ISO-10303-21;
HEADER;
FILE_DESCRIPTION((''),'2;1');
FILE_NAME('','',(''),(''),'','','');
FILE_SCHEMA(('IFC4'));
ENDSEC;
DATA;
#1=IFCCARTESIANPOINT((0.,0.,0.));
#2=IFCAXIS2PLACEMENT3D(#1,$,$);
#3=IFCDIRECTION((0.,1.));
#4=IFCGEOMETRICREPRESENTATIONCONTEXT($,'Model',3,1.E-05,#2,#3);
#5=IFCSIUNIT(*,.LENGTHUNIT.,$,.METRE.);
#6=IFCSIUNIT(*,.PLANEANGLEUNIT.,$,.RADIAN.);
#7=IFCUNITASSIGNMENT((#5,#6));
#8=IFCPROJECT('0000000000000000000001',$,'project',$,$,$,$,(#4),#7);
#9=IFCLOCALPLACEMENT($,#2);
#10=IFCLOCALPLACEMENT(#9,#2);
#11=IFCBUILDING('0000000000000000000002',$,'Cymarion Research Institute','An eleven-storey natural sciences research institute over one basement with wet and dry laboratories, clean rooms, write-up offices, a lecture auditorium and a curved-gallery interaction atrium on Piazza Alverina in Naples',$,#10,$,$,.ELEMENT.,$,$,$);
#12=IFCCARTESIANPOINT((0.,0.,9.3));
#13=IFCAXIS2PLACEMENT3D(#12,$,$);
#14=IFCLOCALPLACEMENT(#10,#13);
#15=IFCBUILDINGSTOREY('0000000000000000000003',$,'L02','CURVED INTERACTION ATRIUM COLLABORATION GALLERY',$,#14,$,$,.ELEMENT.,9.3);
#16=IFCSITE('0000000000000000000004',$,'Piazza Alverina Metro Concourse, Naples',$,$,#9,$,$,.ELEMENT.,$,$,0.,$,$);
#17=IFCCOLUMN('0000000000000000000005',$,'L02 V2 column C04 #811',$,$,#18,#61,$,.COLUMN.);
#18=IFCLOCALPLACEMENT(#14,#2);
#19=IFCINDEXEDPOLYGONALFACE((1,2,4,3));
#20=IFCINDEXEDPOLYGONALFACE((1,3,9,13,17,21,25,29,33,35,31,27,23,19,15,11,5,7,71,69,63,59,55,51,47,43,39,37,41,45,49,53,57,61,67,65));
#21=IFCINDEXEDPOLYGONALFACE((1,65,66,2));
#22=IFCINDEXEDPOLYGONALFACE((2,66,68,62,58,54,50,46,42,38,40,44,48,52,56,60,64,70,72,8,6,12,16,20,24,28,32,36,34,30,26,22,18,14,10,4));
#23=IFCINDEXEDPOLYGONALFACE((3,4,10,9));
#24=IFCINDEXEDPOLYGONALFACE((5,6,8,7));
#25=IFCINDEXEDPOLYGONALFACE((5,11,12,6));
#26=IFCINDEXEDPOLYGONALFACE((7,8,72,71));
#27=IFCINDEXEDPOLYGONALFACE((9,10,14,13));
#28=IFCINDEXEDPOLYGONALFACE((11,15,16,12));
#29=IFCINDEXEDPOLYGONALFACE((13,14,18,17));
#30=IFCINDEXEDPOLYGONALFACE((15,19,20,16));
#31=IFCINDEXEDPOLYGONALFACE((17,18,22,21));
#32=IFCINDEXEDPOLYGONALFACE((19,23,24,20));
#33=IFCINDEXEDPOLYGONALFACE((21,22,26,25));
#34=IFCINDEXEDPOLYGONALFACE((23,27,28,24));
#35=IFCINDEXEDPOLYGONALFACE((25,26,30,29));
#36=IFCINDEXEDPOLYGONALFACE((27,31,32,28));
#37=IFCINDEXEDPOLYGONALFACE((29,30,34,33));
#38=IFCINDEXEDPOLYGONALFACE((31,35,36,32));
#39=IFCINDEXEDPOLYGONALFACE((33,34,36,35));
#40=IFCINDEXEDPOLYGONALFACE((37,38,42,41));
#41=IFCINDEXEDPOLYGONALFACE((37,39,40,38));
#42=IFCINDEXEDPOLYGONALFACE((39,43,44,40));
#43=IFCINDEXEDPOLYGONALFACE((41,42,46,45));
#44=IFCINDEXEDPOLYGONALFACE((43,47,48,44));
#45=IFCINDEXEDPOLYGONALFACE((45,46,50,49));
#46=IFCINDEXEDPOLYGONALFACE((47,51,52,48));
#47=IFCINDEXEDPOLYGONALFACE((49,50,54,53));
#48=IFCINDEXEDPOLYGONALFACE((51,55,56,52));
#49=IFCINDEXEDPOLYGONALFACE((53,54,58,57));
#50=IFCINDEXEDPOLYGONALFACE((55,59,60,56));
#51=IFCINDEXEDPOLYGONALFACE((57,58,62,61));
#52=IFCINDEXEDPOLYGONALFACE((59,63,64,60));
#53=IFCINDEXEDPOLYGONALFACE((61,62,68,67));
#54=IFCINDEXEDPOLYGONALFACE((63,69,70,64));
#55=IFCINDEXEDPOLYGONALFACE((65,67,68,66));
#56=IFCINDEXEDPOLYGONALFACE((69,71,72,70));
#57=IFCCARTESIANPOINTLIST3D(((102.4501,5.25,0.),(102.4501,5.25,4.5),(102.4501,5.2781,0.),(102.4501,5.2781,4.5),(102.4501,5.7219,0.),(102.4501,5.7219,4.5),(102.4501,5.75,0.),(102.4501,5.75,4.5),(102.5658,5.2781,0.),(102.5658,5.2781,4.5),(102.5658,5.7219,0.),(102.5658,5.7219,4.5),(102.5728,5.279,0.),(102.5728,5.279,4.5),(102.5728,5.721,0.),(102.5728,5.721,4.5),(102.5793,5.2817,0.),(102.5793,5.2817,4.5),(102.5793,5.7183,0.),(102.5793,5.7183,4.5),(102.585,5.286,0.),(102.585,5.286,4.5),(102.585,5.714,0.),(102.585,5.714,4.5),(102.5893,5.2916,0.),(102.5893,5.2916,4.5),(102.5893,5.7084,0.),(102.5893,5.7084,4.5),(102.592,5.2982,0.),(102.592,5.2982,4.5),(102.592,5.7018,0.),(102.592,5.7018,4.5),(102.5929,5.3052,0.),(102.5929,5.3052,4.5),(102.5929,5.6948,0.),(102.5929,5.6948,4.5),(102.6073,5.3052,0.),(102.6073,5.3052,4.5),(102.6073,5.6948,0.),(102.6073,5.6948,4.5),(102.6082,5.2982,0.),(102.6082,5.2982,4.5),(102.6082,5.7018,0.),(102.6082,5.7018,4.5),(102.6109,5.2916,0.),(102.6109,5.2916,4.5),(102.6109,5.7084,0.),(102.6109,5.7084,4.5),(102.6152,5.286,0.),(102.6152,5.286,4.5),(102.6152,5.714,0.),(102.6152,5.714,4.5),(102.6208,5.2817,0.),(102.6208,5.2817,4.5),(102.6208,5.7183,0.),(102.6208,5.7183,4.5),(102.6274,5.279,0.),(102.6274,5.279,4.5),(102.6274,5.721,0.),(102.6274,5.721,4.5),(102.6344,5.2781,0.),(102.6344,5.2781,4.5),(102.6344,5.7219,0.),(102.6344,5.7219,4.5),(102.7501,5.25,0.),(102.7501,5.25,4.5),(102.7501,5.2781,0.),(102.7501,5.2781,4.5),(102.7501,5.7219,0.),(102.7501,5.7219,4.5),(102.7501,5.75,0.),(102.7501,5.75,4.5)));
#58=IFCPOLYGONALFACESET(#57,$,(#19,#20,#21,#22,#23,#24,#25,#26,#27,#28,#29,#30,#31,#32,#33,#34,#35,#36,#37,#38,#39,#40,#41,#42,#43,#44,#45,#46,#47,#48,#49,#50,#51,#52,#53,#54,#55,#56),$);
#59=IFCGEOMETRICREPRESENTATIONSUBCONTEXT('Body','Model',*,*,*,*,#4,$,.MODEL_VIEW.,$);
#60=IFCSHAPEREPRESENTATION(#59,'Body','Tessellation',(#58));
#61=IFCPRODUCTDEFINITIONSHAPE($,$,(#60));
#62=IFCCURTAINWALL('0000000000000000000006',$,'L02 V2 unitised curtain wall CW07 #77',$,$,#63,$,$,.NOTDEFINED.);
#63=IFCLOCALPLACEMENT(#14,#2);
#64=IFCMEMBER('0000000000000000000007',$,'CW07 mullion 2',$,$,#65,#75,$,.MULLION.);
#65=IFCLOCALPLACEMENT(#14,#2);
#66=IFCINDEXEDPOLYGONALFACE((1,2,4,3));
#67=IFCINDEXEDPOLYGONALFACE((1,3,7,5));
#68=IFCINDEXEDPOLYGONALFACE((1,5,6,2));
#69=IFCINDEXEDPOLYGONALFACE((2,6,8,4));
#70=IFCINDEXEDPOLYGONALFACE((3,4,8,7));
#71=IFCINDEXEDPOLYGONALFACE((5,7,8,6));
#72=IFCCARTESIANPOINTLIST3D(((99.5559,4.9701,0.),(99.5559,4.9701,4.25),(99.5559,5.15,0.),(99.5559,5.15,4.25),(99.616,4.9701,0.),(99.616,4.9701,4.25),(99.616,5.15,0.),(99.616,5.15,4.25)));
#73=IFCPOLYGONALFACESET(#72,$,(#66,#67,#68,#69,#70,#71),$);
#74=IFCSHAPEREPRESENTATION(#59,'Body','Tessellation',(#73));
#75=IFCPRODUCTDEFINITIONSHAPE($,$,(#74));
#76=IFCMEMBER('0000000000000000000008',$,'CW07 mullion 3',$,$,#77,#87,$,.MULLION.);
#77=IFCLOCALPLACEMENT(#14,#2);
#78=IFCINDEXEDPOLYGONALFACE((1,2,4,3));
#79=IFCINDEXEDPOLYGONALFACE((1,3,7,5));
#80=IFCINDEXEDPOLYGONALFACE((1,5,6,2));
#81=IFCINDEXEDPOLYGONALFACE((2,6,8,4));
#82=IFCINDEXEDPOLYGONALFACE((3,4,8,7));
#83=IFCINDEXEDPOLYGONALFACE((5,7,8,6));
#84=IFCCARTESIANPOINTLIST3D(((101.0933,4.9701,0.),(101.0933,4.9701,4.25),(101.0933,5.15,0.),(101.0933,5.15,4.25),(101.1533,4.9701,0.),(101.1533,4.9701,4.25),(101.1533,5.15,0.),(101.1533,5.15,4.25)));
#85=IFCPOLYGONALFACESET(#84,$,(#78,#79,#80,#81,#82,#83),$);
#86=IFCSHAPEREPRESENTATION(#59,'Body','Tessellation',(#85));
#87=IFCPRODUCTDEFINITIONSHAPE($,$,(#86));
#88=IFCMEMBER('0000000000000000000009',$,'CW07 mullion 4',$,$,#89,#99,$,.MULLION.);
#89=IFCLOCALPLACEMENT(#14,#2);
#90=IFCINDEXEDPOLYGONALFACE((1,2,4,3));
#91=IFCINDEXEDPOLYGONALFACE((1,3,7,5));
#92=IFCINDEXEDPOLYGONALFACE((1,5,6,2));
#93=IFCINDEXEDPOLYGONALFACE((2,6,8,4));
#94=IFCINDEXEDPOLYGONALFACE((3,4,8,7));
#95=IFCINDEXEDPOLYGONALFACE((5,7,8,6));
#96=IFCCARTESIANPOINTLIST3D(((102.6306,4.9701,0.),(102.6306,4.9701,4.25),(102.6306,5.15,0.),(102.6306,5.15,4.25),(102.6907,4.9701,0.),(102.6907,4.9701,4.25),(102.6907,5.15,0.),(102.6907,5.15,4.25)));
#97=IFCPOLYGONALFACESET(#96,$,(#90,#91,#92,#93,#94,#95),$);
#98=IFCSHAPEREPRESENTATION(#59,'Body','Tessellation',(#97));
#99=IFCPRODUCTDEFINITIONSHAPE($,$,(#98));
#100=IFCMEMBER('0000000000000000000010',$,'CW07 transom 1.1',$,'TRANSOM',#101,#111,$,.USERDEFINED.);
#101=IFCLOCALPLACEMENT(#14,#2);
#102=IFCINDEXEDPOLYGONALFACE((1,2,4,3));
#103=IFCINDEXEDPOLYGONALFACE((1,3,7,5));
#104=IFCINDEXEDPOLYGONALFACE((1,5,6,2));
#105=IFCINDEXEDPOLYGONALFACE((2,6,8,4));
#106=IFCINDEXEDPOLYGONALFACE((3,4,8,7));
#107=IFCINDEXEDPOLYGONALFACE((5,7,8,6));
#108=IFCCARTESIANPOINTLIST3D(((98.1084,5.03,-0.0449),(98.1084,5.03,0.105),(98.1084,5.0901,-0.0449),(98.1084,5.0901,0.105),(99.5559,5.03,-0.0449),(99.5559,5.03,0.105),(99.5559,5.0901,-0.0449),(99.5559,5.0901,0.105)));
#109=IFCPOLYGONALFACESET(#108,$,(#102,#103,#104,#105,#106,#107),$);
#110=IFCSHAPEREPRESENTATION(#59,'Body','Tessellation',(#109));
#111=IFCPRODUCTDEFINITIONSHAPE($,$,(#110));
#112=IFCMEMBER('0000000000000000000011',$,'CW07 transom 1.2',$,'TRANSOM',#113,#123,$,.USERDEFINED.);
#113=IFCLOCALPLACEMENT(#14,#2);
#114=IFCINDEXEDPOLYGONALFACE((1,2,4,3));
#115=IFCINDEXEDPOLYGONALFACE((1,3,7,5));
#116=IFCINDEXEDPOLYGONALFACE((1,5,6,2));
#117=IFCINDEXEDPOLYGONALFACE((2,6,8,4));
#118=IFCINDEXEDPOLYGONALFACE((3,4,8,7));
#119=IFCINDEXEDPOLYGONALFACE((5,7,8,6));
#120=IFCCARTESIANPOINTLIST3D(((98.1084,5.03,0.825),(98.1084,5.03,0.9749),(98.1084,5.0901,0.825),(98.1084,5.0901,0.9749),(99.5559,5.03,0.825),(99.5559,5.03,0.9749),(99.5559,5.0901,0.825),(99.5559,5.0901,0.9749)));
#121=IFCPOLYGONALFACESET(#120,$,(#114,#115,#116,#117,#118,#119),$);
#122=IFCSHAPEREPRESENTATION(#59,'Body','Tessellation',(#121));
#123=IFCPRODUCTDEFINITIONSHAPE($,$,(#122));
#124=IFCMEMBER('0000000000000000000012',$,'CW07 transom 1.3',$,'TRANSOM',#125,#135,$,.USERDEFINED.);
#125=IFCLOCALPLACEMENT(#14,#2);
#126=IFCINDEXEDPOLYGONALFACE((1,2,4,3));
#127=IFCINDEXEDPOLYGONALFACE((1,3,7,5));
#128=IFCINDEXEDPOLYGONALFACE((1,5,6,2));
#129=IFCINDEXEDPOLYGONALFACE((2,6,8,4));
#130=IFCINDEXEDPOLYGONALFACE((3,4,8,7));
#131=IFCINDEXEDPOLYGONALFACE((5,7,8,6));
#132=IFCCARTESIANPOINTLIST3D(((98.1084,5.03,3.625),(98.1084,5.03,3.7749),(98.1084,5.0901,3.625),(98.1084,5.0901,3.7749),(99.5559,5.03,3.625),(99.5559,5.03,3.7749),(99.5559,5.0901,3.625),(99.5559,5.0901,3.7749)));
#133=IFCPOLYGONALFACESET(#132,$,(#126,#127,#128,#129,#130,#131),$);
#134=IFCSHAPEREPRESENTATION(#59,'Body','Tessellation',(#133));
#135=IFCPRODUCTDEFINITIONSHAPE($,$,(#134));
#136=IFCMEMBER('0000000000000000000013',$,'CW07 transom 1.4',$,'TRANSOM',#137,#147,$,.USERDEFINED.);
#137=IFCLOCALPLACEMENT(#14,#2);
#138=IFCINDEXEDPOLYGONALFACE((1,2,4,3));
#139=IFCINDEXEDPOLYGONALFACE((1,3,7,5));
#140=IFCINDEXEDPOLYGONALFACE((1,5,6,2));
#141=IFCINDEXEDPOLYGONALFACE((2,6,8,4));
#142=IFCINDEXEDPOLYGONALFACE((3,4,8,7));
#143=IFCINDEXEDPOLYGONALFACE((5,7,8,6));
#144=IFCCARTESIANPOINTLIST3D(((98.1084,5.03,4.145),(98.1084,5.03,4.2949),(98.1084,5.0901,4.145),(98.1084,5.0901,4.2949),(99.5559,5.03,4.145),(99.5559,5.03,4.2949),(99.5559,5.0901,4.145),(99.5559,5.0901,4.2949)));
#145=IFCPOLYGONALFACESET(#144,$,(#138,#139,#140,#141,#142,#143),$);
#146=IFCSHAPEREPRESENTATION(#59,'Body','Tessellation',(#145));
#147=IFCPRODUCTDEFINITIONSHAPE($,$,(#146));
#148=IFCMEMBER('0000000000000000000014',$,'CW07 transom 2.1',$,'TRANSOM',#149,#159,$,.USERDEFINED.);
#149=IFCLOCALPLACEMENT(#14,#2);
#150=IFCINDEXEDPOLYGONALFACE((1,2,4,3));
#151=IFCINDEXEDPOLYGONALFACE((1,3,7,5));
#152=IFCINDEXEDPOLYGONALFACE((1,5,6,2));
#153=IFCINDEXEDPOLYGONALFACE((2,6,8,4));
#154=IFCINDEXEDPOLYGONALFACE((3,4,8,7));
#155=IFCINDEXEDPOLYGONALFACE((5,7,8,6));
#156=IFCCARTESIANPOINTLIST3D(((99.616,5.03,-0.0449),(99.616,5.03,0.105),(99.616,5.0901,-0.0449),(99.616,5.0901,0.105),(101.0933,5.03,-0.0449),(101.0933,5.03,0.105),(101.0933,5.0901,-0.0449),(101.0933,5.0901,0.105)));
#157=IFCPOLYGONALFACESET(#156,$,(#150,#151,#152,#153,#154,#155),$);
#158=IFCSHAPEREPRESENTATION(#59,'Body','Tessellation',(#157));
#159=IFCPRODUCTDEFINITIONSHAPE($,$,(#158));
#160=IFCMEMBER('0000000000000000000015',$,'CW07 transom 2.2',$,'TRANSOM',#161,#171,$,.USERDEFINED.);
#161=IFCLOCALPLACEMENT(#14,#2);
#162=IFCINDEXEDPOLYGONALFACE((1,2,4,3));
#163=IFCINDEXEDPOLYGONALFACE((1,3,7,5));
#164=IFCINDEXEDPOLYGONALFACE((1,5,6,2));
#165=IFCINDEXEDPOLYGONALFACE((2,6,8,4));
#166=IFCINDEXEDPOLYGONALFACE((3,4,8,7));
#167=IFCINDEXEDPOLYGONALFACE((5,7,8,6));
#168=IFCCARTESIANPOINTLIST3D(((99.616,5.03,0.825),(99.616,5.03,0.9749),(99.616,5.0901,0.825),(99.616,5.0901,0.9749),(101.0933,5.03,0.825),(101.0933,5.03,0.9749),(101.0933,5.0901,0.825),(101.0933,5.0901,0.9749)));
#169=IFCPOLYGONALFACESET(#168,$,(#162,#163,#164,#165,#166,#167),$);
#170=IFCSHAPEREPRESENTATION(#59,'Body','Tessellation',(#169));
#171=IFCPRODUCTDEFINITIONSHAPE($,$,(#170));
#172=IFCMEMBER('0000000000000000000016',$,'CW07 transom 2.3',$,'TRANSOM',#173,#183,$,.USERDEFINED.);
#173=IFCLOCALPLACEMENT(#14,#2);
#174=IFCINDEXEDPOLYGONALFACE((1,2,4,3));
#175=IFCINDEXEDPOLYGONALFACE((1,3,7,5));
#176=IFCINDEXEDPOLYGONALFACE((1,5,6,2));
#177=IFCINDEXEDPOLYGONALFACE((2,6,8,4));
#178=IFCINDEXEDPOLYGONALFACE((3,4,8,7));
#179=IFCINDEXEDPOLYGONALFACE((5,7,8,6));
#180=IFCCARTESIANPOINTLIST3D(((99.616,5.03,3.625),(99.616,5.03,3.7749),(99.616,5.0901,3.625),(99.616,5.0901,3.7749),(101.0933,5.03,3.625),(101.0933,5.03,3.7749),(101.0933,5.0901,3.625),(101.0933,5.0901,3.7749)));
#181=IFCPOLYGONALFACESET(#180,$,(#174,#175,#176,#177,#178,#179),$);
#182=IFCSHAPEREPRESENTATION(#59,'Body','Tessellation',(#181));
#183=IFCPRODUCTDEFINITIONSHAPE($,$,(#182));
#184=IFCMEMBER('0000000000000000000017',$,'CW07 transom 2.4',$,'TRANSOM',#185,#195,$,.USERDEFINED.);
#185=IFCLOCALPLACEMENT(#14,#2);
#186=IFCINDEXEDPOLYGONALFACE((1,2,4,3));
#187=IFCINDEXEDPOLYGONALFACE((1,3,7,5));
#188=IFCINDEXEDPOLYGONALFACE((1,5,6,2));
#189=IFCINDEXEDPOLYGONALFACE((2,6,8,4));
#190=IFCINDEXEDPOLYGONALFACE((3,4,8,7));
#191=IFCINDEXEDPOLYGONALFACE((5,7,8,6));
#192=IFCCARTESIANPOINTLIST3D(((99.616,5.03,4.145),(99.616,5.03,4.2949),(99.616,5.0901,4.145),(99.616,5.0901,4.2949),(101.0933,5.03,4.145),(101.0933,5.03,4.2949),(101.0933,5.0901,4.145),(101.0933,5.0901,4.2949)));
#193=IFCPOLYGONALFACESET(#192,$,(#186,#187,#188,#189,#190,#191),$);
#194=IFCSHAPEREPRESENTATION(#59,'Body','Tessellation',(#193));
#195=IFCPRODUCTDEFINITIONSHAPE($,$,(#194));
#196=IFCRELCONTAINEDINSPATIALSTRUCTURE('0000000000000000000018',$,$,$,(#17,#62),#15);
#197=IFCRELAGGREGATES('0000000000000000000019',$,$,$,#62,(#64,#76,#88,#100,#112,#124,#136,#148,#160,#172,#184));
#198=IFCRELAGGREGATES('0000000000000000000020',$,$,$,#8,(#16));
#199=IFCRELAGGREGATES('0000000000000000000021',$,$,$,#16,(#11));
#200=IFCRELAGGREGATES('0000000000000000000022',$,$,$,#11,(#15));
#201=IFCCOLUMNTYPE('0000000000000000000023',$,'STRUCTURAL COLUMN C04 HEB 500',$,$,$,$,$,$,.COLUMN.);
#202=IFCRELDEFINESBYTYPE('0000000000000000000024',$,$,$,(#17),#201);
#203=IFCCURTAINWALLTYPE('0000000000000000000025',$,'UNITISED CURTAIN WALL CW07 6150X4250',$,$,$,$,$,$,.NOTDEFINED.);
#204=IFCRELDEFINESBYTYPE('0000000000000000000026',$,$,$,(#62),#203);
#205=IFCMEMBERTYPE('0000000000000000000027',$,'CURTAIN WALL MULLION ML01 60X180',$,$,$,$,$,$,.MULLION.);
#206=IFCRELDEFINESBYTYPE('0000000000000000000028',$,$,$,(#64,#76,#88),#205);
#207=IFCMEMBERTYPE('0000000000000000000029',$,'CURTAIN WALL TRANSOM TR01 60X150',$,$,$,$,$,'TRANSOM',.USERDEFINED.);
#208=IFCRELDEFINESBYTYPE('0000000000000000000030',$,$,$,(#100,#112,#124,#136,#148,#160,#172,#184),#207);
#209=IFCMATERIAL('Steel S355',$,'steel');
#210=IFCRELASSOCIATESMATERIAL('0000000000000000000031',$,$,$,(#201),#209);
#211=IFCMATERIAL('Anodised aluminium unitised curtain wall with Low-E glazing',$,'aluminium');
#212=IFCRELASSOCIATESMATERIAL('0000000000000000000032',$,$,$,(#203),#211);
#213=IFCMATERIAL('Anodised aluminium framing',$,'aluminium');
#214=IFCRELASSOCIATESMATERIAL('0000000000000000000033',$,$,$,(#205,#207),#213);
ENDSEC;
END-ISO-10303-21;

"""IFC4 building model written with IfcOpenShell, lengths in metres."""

from ifc_helpers import new_model, si_unit, direction, frame, origin, origin_2d, place, context, subcontext, project, spatial, rectangle, i_section, extrude, material, material_profile, profile_set, type_object, element, aggregate, save


model = new_model("IFC4")

# Units and contexts
model_context = context("Model", 3, precision=1e-05, world=origin(), true_north=direction((0.0, 1.0)))
body_context = subcontext(model_context, "Body", "Model", "MODEL_VIEW")
ifc_project = project(units=[si_unit("LENGTHUNIT", "METRE"), si_unit("PLANEANGLEUNIT", "RADIAN")], contexts=[model_context])

# Site, building, storey
site_placement = place(None, origin())
site = spatial("IfcSite", under=ifc_project, at=site_placement, Name="Piazza Alverina Metro Concourse, Naples", CompositionType="ELEMENT", RefElevation=0.0)
building_placement = place(site_placement, origin())
building = spatial("IfcBuilding", under=site, at=building_placement, Name="Cymarion Research Institute", Description="An eleven-storey natural sciences research institute over one basement with wet and dry laboratories, clean rooms, write-up offices, a lecture auditorium and a curved-gallery interaction atrium on Piazza Alverina in Naples", CompositionType="ELEMENT")
storey_placement = place(building_placement, frame((0.0, 0.0, 9.3)))
storey = spatial("IfcBuildingStorey", under=building, at=storey_placement, Name="L02", Description="CURVED INTERACTION ATRIUM COLLABORATION GALLERY", CompositionType="ELEMENT", Elevation=9.3)

# Column
ifc_material_1 = material(Name="Steel S355", Category="steel")
ifc_material_profile_1 = material_profile(ifc_material_1, i_section(OverallWidth=0.3, OverallDepth=0.5, WebThickness=0.0144, FlangeThickness=0.0281, FilletRadius=0.0271, at=origin_2d()), Name="HEB 500")
ifc_profile_set_1 = profile_set([ifc_material_profile_1], Name="Steel S355")
column_type = type_object("IfcColumnType", Name="STRUCTURAL COLUMN C04 HEB 500", PredefinedType="COLUMN", material=ifc_profile_set_1)
column_placement = place(storey_placement, frame((102.6001, 5.5, 0.0), z_axis=(0.0, 0.0, 1.0), x_axis=(1.0, 0.0, 0.0)))
element("IfcColumn", 1, at=column_placement, inside=storey, type_object=column_type, Name="L02 V2 column C04 #811", PredefinedType="COLUMN", context=body_context, shape_type="SweptSolid", body=[
    extrude(i_section(OverallWidth=0.3, OverallDepth=0.5, WebThickness=0.0144, FlangeThickness=0.0281, FilletRadius=0.0271, at=origin_2d()), origin(), (0.0, 0.0, 1.0), 4.5),
])

# Curtain wall, members
ifc_material_2 = material(Name="Anodised aluminium unitised curtain wall with Low-E glazing", Category="aluminium")
curtain_wall_type = type_object("IfcCurtainWallType", Name="UNITISED CURTAIN WALL CW07 6150X4250", PredefinedType="NOTDEFINED", material=ifc_material_2)
curtain_wall_placement = place(storey_placement, origin())
curtain_wall = element("IfcCurtainWall", 2, at=curtain_wall_placement, inside=storey, type_object=curtain_wall_type, Name="L02 V2 unitised curtain wall CW07 #77", PredefinedType="NOTDEFINED")
ifc_material_3 = material(Name="Anodised aluminium framing", Category="aluminium")
ifc_material_profile_2 = material_profile(ifc_material_3, rectangle(XDim=0.0601, YDim=0.1799, at=origin_2d()), Name="ALU MULLION 60x180")
ifc_profile_set_2 = profile_set([ifc_material_profile_2], Name="Anodised aluminium framing")
member_type_1 = type_object("IfcMemberType", Name="CURTAIN WALL MULLION ML01 60X180", PredefinedType="MULLION", material=ifc_profile_set_2)
member_1_placement = place(storey_placement, frame((99.5859, 5.0601, 0.0), z_axis=(0.0, 0.0, 1.0), x_axis=(1.0, 0.0, 0.0)))
member_1 = element("IfcMember", 3, at=member_1_placement, type_object=member_type_1, Name="CW07 mullion 2", PredefinedType="MULLION", context=body_context, shape_type="SweptSolid", body=[
    extrude(rectangle(XDim=0.0601, YDim=0.1799, at=origin_2d()), origin(), (0.0, 0.0, 1.0), 4.25),
])
member_2_placement = place(storey_placement, frame((101.1233, 5.0601, 0.0), z_axis=(0.0, 0.0, 1.0), x_axis=(1.0, 0.0, 0.0)))
member_2 = element("IfcMember", 4, at=member_2_placement, type_object=member_type_1, Name="CW07 mullion 3", PredefinedType="MULLION", context=body_context, shape_type="SweptSolid", body=[
    extrude(rectangle(XDim=0.0601, YDim=0.1799, at=origin_2d()), origin(), (0.0, 0.0, 1.0), 4.25),
])
member_3_placement = place(storey_placement, frame((102.6606, 5.0601, 0.0), z_axis=(0.0, 0.0, 1.0), x_axis=(1.0, 0.0, 0.0)))
member_3 = element("IfcMember", 5, at=member_3_placement, type_object=member_type_1, Name="CW07 mullion 4", PredefinedType="MULLION", context=body_context, shape_type="SweptSolid", body=[
    extrude(rectangle(XDim=0.0601, YDim=0.1799, at=origin_2d()), origin(), (0.0, 0.0, 1.0), 4.25),
])
ifc_material_profile_3 = material_profile(ifc_material_3, rectangle(XDim=0.0601, YDim=0.1499, at=origin_2d()), Name="ALU TRANSOM 60x150")
ifc_profile_set_3 = profile_set([ifc_material_profile_3], Name="Anodised aluminium framing")
member_type_2 = type_object("IfcMemberType", Name="CURTAIN WALL TRANSOM TR01 60X150", ElementType="TRANSOM", PredefinedType="USERDEFINED", material=ifc_profile_set_3)
member_4_placement = place(storey_placement, frame((98.1084, 5.0601, 0.03), z_axis=(1.0, 0.0, 0.0), x_axis=(0.0, 1.0, 0.0)))
member_4 = element("IfcMember", 6, at=member_4_placement, type_object=member_type_2, Name="CW07 transom 1.1", ObjectType="TRANSOM", PredefinedType="USERDEFINED", context=body_context, shape_type="SweptSolid", body=[
    extrude(rectangle(XDim=0.0601, YDim=0.1499, at=origin_2d()), origin(), (0.0, 0.0, 1.0), 1.4475),
])
member_5_placement = place(storey_placement, frame((98.1084, 5.0601, 0.8999), z_axis=(1.0, 0.0, 0.0), x_axis=(0.0, 1.0, 0.0)))
member_5 = element("IfcMember", 7, at=member_5_placement, type_object=member_type_2, Name="CW07 transom 1.2", ObjectType="TRANSOM", PredefinedType="USERDEFINED", context=body_context, shape_type="SweptSolid", body=[
    extrude(rectangle(XDim=0.0601, YDim=0.1499, at=origin_2d()), origin(), (0.0, 0.0, 1.0), 1.4475),
])
member_6_placement = place(storey_placement, frame((98.1084, 5.0601, 3.7), z_axis=(1.0, 0.0, 0.0), x_axis=(0.0, 1.0, 0.0)))
member_6 = element("IfcMember", 8, at=member_6_placement, type_object=member_type_2, Name="CW07 transom 1.3", ObjectType="TRANSOM", PredefinedType="USERDEFINED", context=body_context, shape_type="SweptSolid", body=[
    extrude(rectangle(XDim=0.0601, YDim=0.1499, at=origin_2d()), origin(), (0.0, 0.0, 1.0), 1.4475),
])
member_7_placement = place(storey_placement, frame((98.1084, 5.0601, 4.22), z_axis=(1.0, 0.0, 0.0), x_axis=(0.0, 1.0, 0.0)))
member_7 = element("IfcMember", 9, at=member_7_placement, type_object=member_type_2, Name="CW07 transom 1.4", ObjectType="TRANSOM", PredefinedType="USERDEFINED", context=body_context, shape_type="SweptSolid", body=[
    extrude(rectangle(XDim=0.0601, YDim=0.1499, at=origin_2d()), origin(), (0.0, 0.0, 1.0), 1.4475),
])
member_8_placement = place(storey_placement, frame((99.616, 5.0601, 0.03), z_axis=(1.0, 0.0, 0.0), x_axis=(0.0, 1.0, 0.0)))
member_8 = element("IfcMember", 10, at=member_8_placement, type_object=member_type_2, Name="CW07 transom 2.1", ObjectType="TRANSOM", PredefinedType="USERDEFINED", context=body_context, shape_type="SweptSolid", body=[
    extrude(rectangle(XDim=0.0601, YDim=0.1499, at=origin_2d()), origin(), (0.0, 0.0, 1.0), 1.4773),
])
member_9_placement = place(storey_placement, frame((99.616, 5.0601, 0.8999), z_axis=(1.0, 0.0, 0.0), x_axis=(0.0, 1.0, 0.0)))
member_9 = element("IfcMember", 11, at=member_9_placement, type_object=member_type_2, Name="CW07 transom 2.2", ObjectType="TRANSOM", PredefinedType="USERDEFINED", context=body_context, shape_type="SweptSolid", body=[
    extrude(rectangle(XDim=0.0601, YDim=0.1499, at=origin_2d()), origin(), (0.0, 0.0, 1.0), 1.4773),
])
member_10_placement = place(storey_placement, frame((99.616, 5.0601, 3.7), z_axis=(1.0, 0.0, 0.0), x_axis=(0.0, 1.0, 0.0)))
member_10 = element("IfcMember", 12, at=member_10_placement, type_object=member_type_2, Name="CW07 transom 2.3", ObjectType="TRANSOM", PredefinedType="USERDEFINED", context=body_context, shape_type="SweptSolid", body=[
    extrude(rectangle(XDim=0.0601, YDim=0.1499, at=origin_2d()), origin(), (0.0, 0.0, 1.0), 1.4773),
])
member_11_placement = place(storey_placement, frame((99.616, 5.0601, 4.22), z_axis=(1.0, 0.0, 0.0), x_axis=(0.0, 1.0, 0.0)))
member_11 = element("IfcMember", 13, at=member_11_placement, type_object=member_type_2, Name="CW07 transom 2.4", ObjectType="TRANSOM", PredefinedType="USERDEFINED", context=body_context, shape_type="SweptSolid", body=[
    extrude(rectangle(XDim=0.0601, YDim=0.1499, at=origin_2d()), origin(), (0.0, 0.0, 1.0), 1.4773),
])

aggregate(curtain_wall, [member_1, member_2, member_3, member_4, member_5, member_6, member_7, member_8, member_9, member_10, member_11])

save(model, "model.ifc")
